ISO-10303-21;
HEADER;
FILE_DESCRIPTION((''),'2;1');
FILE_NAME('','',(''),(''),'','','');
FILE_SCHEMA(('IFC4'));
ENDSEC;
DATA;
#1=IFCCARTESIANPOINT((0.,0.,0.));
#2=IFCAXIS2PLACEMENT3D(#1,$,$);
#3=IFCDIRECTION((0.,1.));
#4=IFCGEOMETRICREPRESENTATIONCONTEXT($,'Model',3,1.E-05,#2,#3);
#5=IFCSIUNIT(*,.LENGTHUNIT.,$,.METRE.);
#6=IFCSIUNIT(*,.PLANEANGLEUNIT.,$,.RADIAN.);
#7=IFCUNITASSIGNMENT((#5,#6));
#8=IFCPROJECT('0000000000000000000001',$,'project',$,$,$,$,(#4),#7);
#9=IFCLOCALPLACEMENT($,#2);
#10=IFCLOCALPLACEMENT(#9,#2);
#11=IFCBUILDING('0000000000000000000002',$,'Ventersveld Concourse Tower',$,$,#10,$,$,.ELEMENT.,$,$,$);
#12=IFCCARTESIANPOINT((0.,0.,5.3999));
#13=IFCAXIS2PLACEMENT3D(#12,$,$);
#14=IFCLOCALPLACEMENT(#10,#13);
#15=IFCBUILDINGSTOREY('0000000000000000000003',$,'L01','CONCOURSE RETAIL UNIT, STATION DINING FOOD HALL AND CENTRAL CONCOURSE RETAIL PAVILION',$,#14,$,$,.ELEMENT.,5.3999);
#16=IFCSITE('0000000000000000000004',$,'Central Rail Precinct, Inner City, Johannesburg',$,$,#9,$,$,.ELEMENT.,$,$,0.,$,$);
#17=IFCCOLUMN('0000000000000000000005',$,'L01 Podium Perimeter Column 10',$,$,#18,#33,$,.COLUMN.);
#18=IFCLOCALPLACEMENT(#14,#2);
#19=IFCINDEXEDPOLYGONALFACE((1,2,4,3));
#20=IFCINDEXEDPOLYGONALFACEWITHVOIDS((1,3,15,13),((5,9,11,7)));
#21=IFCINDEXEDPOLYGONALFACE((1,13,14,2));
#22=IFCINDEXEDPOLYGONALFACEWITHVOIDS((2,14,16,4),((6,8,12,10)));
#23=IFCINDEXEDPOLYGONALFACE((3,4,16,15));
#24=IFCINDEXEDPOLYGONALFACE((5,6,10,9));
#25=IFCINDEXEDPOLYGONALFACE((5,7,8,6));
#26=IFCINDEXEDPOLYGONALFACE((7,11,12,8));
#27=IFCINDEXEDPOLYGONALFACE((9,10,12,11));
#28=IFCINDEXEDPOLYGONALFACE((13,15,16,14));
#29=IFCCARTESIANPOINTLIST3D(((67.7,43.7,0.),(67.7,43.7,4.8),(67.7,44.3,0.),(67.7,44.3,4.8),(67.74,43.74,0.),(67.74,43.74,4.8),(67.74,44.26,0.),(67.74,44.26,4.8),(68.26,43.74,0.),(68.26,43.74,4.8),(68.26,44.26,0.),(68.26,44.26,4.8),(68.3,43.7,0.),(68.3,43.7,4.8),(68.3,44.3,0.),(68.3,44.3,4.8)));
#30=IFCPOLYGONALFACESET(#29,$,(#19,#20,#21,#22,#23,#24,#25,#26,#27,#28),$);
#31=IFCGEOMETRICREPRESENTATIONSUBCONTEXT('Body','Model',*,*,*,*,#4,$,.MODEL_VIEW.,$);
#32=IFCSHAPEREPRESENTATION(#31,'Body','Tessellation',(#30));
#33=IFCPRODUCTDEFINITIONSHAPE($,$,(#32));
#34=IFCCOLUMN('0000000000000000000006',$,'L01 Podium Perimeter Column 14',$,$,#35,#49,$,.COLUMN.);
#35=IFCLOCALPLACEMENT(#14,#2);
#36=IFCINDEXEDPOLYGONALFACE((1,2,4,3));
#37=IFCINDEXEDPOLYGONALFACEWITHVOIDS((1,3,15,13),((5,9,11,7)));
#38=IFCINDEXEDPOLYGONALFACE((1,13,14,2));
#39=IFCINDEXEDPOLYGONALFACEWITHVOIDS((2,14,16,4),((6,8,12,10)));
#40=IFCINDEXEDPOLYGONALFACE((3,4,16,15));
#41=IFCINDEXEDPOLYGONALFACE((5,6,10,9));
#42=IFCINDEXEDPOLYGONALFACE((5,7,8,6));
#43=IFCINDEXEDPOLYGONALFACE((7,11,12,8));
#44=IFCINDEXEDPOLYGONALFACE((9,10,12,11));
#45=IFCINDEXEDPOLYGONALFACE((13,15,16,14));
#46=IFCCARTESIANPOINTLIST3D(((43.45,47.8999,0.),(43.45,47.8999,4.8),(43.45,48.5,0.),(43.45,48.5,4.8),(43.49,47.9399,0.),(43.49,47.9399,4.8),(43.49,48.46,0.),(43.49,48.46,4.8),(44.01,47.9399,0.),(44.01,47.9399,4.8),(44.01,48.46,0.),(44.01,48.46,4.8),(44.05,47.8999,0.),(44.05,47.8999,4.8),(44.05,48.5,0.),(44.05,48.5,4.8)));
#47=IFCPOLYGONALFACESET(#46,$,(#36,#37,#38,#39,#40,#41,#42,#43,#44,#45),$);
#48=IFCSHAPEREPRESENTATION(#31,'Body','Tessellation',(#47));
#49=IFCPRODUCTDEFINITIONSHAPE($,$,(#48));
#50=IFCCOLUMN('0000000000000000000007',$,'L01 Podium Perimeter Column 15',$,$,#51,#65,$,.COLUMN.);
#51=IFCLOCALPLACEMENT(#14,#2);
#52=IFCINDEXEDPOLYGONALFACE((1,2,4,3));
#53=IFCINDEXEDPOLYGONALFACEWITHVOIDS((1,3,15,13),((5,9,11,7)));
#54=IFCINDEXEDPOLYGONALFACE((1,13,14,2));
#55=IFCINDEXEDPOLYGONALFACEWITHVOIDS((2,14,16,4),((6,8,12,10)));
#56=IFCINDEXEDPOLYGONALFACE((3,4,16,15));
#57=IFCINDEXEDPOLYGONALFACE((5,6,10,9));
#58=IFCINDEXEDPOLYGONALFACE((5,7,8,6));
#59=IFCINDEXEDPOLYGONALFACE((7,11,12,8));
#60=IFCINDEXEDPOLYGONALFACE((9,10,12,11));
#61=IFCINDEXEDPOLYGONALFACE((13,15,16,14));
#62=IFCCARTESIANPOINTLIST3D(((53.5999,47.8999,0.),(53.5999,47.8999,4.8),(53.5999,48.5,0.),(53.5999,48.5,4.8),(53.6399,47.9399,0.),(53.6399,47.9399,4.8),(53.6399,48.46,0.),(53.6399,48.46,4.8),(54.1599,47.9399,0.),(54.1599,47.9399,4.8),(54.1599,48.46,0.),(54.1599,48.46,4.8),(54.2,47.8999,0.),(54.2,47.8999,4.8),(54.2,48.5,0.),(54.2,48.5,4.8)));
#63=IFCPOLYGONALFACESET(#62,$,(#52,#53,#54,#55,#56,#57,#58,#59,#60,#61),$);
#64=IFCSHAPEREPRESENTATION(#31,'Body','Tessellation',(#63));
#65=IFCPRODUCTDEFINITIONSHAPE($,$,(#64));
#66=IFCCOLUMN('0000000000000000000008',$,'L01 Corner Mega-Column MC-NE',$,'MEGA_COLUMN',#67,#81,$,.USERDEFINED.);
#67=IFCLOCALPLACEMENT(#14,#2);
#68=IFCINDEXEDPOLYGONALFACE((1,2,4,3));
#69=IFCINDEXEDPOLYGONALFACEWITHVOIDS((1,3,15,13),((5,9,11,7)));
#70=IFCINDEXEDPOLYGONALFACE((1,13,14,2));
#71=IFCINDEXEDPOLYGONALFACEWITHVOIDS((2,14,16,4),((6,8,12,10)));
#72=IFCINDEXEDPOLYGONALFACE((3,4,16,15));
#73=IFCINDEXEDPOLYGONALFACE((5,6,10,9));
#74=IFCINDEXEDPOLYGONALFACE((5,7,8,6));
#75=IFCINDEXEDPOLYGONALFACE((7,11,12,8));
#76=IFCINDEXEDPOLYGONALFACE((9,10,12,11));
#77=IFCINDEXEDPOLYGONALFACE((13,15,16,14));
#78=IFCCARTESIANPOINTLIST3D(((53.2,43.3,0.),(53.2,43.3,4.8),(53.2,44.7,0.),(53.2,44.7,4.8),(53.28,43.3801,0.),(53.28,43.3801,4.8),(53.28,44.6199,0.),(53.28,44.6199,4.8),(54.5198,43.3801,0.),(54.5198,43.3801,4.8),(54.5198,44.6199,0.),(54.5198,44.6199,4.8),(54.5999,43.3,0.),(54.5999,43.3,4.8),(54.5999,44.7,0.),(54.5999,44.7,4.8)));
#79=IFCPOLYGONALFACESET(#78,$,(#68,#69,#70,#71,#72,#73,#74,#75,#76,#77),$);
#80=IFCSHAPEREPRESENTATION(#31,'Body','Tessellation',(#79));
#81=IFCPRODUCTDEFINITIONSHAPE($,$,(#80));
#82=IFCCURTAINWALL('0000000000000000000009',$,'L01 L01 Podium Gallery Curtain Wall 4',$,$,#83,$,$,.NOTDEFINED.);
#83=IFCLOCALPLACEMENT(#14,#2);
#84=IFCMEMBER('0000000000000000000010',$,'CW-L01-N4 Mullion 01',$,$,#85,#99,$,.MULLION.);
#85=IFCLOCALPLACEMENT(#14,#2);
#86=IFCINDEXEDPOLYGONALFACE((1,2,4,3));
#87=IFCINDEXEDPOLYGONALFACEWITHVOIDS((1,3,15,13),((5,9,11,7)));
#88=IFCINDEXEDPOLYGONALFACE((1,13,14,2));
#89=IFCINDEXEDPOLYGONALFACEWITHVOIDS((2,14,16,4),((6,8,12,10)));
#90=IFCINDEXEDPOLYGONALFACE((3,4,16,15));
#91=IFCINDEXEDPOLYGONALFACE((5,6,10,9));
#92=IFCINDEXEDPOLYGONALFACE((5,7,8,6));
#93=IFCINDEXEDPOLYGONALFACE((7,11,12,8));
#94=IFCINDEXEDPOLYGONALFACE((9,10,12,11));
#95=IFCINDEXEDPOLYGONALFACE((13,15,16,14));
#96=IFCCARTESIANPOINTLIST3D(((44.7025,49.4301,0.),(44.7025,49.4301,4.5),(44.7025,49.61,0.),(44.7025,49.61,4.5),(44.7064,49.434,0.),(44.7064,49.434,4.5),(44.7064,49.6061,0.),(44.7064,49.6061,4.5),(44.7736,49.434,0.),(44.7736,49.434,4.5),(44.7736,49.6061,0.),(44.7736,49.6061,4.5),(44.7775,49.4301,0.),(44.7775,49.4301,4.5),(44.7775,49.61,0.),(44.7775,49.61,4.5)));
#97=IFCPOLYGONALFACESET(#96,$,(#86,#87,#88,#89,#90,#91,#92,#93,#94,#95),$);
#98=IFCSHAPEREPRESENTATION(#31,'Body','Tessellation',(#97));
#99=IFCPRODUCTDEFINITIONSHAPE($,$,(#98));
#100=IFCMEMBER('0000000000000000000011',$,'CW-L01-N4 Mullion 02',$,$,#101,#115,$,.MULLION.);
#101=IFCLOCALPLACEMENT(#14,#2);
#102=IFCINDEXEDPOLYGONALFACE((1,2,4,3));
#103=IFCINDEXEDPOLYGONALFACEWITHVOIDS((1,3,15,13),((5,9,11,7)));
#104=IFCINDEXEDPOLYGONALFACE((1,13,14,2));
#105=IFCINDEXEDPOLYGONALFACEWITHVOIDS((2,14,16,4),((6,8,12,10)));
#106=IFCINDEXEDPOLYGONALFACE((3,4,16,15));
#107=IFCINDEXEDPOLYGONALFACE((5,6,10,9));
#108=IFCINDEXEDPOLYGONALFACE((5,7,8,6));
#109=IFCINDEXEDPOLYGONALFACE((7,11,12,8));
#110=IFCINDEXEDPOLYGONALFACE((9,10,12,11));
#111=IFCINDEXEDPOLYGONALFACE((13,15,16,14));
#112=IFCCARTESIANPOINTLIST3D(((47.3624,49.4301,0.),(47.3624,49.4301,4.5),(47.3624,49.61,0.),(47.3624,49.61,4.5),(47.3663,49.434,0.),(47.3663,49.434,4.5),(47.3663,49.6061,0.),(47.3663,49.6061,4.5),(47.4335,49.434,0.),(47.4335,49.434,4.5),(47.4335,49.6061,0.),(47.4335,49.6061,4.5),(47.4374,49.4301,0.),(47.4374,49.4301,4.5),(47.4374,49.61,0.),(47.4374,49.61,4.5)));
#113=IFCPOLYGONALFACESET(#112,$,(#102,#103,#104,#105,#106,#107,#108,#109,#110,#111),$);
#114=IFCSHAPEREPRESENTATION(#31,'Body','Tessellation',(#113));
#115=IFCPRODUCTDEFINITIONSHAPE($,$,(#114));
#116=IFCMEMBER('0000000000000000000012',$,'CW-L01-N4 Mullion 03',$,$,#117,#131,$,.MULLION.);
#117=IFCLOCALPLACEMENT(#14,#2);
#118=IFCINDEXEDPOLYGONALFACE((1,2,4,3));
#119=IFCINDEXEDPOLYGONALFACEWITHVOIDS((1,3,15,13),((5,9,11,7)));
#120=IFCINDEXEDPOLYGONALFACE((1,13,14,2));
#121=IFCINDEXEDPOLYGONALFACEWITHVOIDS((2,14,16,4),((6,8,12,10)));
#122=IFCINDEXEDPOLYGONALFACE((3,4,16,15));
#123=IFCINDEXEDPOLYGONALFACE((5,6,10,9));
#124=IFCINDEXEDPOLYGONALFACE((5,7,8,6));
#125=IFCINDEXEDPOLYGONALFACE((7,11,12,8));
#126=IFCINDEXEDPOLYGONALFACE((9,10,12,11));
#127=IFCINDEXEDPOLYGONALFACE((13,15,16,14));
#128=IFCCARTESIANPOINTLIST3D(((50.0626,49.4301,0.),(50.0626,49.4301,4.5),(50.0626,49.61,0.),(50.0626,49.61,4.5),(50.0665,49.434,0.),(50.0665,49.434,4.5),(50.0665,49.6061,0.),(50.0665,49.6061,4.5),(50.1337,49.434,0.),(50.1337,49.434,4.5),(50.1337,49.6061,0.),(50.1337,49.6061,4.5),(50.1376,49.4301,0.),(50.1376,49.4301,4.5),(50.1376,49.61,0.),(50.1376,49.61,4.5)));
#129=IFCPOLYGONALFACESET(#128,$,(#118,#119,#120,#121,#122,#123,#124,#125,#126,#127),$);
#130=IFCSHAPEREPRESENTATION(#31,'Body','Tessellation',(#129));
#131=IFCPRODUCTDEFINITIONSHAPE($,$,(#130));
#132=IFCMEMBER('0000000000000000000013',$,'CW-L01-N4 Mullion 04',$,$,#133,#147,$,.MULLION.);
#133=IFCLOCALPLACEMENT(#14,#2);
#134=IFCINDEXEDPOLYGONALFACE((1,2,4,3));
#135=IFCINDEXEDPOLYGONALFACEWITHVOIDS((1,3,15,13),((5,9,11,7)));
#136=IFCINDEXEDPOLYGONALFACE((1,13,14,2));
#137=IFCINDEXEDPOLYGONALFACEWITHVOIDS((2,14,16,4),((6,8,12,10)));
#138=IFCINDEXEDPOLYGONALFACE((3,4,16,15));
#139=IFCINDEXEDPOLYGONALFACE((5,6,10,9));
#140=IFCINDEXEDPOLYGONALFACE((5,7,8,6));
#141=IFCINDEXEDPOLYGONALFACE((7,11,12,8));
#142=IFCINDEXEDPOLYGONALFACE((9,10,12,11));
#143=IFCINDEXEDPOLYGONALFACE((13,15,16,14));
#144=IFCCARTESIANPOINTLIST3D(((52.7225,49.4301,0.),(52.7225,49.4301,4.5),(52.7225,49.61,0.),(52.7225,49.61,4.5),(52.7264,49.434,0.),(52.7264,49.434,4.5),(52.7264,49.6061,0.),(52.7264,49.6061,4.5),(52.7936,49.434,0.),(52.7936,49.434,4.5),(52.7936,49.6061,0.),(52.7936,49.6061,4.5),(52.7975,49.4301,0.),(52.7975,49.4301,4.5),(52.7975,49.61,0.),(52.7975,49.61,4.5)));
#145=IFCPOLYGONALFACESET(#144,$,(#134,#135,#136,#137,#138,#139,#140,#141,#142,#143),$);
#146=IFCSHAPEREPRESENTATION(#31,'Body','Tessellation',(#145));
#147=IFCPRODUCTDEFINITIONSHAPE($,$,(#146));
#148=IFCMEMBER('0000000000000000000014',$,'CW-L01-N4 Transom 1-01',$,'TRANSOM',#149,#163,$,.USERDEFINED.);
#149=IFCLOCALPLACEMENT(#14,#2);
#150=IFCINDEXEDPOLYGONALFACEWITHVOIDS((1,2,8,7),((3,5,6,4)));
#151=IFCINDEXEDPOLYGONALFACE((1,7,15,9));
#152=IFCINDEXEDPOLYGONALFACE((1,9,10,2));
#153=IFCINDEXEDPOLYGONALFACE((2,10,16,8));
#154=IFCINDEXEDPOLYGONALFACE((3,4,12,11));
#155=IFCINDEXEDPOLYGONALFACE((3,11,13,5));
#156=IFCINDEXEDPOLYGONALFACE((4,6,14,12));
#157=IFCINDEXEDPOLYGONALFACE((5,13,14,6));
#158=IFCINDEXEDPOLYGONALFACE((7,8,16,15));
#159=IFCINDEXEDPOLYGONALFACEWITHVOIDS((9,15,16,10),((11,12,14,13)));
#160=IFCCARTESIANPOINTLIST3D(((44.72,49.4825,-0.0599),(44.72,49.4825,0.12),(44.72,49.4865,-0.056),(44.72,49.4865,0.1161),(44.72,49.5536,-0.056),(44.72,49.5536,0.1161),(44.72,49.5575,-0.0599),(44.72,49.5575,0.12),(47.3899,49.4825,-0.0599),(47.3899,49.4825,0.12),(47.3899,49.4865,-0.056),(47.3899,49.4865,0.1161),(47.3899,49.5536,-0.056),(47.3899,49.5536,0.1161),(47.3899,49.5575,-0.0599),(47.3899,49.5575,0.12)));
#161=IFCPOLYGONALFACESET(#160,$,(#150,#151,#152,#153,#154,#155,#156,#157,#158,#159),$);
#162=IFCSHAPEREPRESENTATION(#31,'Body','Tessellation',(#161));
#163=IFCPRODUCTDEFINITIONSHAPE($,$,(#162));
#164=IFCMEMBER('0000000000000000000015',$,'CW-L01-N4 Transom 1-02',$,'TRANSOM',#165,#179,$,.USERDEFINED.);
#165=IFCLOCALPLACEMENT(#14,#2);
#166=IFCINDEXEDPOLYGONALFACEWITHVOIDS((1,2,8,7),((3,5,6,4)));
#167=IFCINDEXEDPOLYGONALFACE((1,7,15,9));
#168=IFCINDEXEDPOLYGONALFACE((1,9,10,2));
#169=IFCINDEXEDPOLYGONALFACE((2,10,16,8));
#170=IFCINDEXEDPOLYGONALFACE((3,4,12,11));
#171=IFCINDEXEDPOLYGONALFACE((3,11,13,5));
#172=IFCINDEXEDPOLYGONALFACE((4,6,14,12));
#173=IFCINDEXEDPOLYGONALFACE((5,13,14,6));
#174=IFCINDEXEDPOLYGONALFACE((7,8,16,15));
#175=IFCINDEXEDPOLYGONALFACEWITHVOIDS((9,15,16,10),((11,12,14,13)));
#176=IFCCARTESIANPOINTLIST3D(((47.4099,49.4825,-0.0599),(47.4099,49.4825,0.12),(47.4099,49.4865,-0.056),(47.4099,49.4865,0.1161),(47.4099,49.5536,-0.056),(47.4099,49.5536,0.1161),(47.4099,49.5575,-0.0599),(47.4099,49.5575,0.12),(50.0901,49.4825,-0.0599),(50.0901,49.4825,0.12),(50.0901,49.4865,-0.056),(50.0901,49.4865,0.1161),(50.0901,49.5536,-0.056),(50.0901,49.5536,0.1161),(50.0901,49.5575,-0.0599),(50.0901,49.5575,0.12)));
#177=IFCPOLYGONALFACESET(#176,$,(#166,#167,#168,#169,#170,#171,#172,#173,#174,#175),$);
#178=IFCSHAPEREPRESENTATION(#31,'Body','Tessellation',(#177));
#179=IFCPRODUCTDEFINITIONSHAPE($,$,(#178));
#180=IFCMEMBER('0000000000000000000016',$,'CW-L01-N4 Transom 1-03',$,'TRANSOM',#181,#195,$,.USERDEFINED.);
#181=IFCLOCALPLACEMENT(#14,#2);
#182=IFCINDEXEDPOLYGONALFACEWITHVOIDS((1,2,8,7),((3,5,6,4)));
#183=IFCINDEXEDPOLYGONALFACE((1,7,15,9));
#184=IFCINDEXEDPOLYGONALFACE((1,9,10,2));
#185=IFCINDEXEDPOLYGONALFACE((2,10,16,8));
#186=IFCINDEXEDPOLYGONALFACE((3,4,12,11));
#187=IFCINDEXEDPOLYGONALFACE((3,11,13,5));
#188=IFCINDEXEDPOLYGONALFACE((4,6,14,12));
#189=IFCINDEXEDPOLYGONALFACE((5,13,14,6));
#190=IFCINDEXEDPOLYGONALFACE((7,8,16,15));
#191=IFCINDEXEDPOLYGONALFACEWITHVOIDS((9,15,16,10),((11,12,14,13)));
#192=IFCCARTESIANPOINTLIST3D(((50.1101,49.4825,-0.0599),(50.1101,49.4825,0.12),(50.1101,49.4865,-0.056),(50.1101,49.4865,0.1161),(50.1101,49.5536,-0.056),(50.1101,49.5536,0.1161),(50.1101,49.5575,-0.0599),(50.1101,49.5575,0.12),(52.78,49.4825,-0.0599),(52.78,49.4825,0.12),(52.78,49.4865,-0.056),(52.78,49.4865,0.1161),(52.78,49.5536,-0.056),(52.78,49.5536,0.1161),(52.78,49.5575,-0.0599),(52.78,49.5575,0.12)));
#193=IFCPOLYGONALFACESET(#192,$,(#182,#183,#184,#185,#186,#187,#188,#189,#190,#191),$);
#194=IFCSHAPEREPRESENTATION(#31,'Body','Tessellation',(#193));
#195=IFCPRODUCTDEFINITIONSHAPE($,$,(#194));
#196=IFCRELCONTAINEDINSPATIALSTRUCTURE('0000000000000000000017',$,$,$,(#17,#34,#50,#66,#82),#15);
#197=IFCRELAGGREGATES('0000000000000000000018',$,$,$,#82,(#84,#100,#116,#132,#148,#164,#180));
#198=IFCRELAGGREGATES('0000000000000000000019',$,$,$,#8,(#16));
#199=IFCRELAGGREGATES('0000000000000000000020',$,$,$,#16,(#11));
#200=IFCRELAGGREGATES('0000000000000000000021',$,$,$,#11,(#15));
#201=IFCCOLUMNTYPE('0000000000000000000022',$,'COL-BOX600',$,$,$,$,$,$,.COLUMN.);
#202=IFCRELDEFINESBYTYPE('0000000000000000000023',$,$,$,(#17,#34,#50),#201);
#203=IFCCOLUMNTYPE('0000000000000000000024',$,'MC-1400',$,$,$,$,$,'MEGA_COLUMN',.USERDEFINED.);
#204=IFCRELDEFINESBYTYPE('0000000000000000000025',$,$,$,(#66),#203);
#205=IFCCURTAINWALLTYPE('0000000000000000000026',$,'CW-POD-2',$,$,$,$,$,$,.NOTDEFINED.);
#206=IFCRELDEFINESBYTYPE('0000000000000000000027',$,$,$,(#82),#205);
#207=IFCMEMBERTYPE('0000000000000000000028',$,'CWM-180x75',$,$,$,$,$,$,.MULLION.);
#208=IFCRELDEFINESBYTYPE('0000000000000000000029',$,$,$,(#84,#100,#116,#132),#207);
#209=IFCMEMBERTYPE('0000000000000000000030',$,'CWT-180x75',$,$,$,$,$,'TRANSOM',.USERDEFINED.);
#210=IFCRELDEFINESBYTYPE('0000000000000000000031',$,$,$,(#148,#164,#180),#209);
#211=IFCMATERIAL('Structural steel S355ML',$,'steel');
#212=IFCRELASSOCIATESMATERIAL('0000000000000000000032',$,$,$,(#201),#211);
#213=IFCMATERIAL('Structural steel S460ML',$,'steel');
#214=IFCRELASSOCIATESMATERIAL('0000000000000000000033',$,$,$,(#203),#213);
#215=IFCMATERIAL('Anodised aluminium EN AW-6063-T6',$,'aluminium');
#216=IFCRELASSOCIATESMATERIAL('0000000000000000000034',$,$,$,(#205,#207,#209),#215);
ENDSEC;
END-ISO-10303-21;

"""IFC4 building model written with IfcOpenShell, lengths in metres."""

from ifc_helpers import new_model, si_unit, direction, frame, origin, origin_2d, place, context, subcontext, project, spatial, hollow_rectangle, extrude, material, material_profile, profile_set, type_object, element, aggregate, save


model = new_model("IFC4")

# Units and contexts
model_context = context("Model", 3, precision=1e-05, world=origin(), true_north=direction((0.0, 1.0)))
body_context = subcontext(model_context, "Body", "Model", "MODEL_VIEW")
ifc_project = project(units=[si_unit("LENGTHUNIT", "METRE"), si_unit("PLANEANGLEUNIT", "RADIAN")], contexts=[model_context])

# Site, building, storey
site_placement = place(None, origin())
site = spatial("IfcSite", under=ifc_project, at=site_placement, Name="Central Rail Precinct, Inner City, Johannesburg", CompositionType="ELEMENT", RefElevation=0.0)
building_placement = place(site_placement, origin())
building = spatial("IfcBuilding", under=site, at=building_placement, Name="Ventersveld Concourse Tower", CompositionType="ELEMENT")
storey_placement = place(building_placement, frame((0.0, 0.0, 5.3999)))
storey = spatial("IfcBuildingStorey", under=building, at=storey_placement, Name="L01", Description="CONCOURSE RETAIL UNIT, STATION DINING FOOD HALL AND CENTRAL CONCOURSE RETAIL PAVILION", CompositionType="ELEMENT", Elevation=5.3999)

# Columns
ifc_material_1 = material(Name="Structural steel S355ML", Category="steel")
ifc_material_profile_1 = material_profile(ifc_material_1, hollow_rectangle(XDim=0.6001, YDim=0.6001, WallThickness=0.04, at=origin_2d()), Name="BOX 600x600x40")
ifc_profile_set_1 = profile_set([ifc_material_profile_1], Name="Structural steel S355ML")
column_type_1 = type_object("IfcColumnType", Name="COL-BOX600", PredefinedType="COLUMN", material=ifc_profile_set_1)
for number, where, z_axis, x_axis, name in (
    (1, (68.0, 44.0, 0.0), (0.0, 0.0, 1.0), (1.0, 0.0, 0.0), "L01 Podium Perimeter Column 10"),
    (2, (43.75, 48.2, 0.0), (0.0, 0.0, 1.0), (1.0, 0.0, 0.0), "L01 Podium Perimeter Column 14"),
    (3, (53.8999, 48.2, 0.0), (0.0, 0.0, 1.0), (1.0, 0.0, 0.0), "L01 Podium Perimeter Column 15"),
):
    element("IfcColumn", number, at=place(storey_placement, frame(where, z_axis=z_axis, x_axis=x_axis)), inside=storey, type_object=column_type_1, Name=name, PredefinedType="COLUMN", context=body_context, shape_type="SweptSolid", body=[
        extrude(hollow_rectangle(XDim=0.6001, YDim=0.6001, WallThickness=0.04, at=origin_2d()), origin(), (0.0, 0.0, 1.0), 4.8),
    ])
ifc_material_2 = material(Name="Structural steel S460ML", Category="steel")
ifc_material_profile_2 = material_profile(ifc_material_2, hollow_rectangle(XDim=1.3999, YDim=1.3999, WallThickness=0.0801, at=origin_2d()), Name="BOX 1400x1400x80")
ifc_profile_set_2 = profile_set([ifc_material_profile_2], Name="Structural steel S460ML")
column_type_2 = type_object("IfcColumnType", Name="MC-1400", ElementType="MEGA_COLUMN", PredefinedType="USERDEFINED", material=ifc_profile_set_2)
column_placement = place(storey_placement, frame((53.8999, 44.0, 0.0), z_axis=(0.0, 0.0, 1.0), x_axis=(1.0, 0.0, 0.0)))
element("IfcColumn", 4, at=column_placement, inside=storey, type_object=column_type_2, Name="L01 Corner Mega-Column MC-NE", ObjectType="MEGA_COLUMN", PredefinedType="USERDEFINED", context=body_context, shape_type="SweptSolid", body=[
    extrude(hollow_rectangle(XDim=1.3999, YDim=1.3999, WallThickness=0.0801, at=origin_2d()), origin(), (0.0, 0.0, 1.0), 4.8),
])

# Curtain wall, members
ifc_material_3 = material(Name="Anodised aluminium EN AW-6063-T6", Category="aluminium")
curtain_wall_type = type_object("IfcCurtainWallType", Name="CW-POD-2", PredefinedType="NOTDEFINED", material=ifc_material_3)
curtain_wall_placement = place(storey_placement, origin())
curtain_wall = element("IfcCurtainWall", 5, at=curtain_wall_placement, inside=storey, type_object=curtain_wall_type, Name="L01 L01 Podium Gallery Curtain Wall 4", PredefinedType="NOTDEFINED")
ifc_material_profile_3 = material_profile(ifc_material_3, hollow_rectangle(XDim=0.075, YDim=0.1799, WallThickness=0.0039, at=origin_2d()), Name="ALU 180x75x4")
ifc_profile_set_3 = profile_set([ifc_material_profile_3], Name="Anodised aluminium EN AW-6063-T6")
member_type_1 = type_object("IfcMemberType", Name="CWM-180x75", PredefinedType="MULLION", material=ifc_profile_set_3)
member_1_placement = place(storey_placement, frame((44.74, 49.52, 0.0), z_axis=(0.0, 0.0, 1.0), x_axis=(1.0, 0.0, 0.0)))
member_1 = element("IfcMember", 6, at=member_1_placement, type_object=member_type_1, Name="CW-L01-N4 Mullion 01", PredefinedType="MULLION", context=body_context, shape_type="SweptSolid", body=[
    extrude(hollow_rectangle(XDim=0.075, YDim=0.1799, WallThickness=0.0039, at=origin_2d()), origin(), (0.0, 0.0, 1.0), 4.5),
])
member_2_placement = place(storey_placement, frame((47.3999, 49.52, 0.0), z_axis=(0.0, 0.0, 1.0), x_axis=(1.0, 0.0, 0.0)))
member_2 = element("IfcMember", 7, at=member_2_placement, type_object=member_type_1, Name="CW-L01-N4 Mullion 02", PredefinedType="MULLION", context=body_context, shape_type="SweptSolid", body=[
    extrude(hollow_rectangle(XDim=0.075, YDim=0.1799, WallThickness=0.0039, at=origin_2d()), origin(), (0.0, 0.0, 1.0), 4.5),
])
member_3_placement = place(storey_placement, frame((50.1001, 49.52, 0.0), z_axis=(0.0, 0.0, 1.0), x_axis=(1.0, 0.0, 0.0)))
member_3 = element("IfcMember", 8, at=member_3_placement, type_object=member_type_1, Name="CW-L01-N4 Mullion 03", PredefinedType="MULLION", context=body_context, shape_type="SweptSolid", body=[
    extrude(hollow_rectangle(XDim=0.075, YDim=0.1799, WallThickness=0.0039, at=origin_2d()), origin(), (0.0, 0.0, 1.0), 4.5),
])
member_4_placement = place(storey_placement, frame((52.76, 49.52, 0.0), z_axis=(0.0, 0.0, 1.0), x_axis=(1.0, 0.0, 0.0)))
member_4 = element("IfcMember", 9, at=member_4_placement, type_object=member_type_1, Name="CW-L01-N4 Mullion 04", PredefinedType="MULLION", context=body_context, shape_type="SweptSolid", body=[
    extrude(hollow_rectangle(XDim=0.075, YDim=0.1799, WallThickness=0.0039, at=origin_2d()), origin(), (0.0, 0.0, 1.0), 4.5),
])
ifc_material_profile_4 = material_profile(ifc_material_3, hollow_rectangle(XDim=0.075, YDim=0.1799, WallThickness=0.0039, at=origin_2d()), Name="ALU 180x75x4")
ifc_profile_set_4 = profile_set([ifc_material_profile_4], Name="Anodised aluminium EN AW-6063-T6")
member_type_2 = type_object("IfcMemberType", Name="CWT-180x75", ElementType="TRANSOM", PredefinedType="USERDEFINED", material=ifc_profile_set_4)
member_5_placement = place(storey_placement, frame((44.72, 49.52, 0.03), z_axis=(1.0, 0.0, 0.0), x_axis=(0.0, 1.0, 0.0)))
member_5 = element("IfcMember", 10, at=member_5_placement, type_object=member_type_2, Name="CW-L01-N4 Transom 1-01", ObjectType="TRANSOM", PredefinedType="USERDEFINED", context=body_context, shape_type="SweptSolid", body=[
    extrude(hollow_rectangle(XDim=0.075, YDim=0.1799, WallThickness=0.0039, at=origin_2d()), origin(), (0.0, 0.0, 1.0), 2.6699),
])
member_6_placement = place(storey_placement, frame((47.4099, 49.52, 0.03), z_axis=(1.0, 0.0, 0.0), x_axis=(0.0, 1.0, 0.0)))
member_6 = element("IfcMember", 11, at=member_6_placement, type_object=member_type_2, Name="CW-L01-N4 Transom 1-02", ObjectType="TRANSOM", PredefinedType="USERDEFINED", context=body_context, shape_type="SweptSolid", body=[
    extrude(hollow_rectangle(XDim=0.075, YDim=0.1799, WallThickness=0.0039, at=origin_2d()), origin(), (0.0, 0.0, 1.0), 2.6802),
])
member_7_placement = place(storey_placement, frame((50.1101, 49.52, 0.03), z_axis=(1.0, 0.0, 0.0), x_axis=(0.0, 1.0, 0.0)))
member_7 = element("IfcMember", 12, at=member_7_placement, type_object=member_type_2, Name="CW-L01-N4 Transom 1-03", ObjectType="TRANSOM", PredefinedType="USERDEFINED", context=body_context, shape_type="SweptSolid", body=[
    extrude(hollow_rectangle(XDim=0.075, YDim=0.1799, WallThickness=0.0039, at=origin_2d()), origin(), (0.0, 0.0, 1.0), 2.6699),
])

aggregate(curtain_wall, [member_1, member_2, member_3, member_4, member_5, member_6, member_7])

save(model, "model.ifc")
